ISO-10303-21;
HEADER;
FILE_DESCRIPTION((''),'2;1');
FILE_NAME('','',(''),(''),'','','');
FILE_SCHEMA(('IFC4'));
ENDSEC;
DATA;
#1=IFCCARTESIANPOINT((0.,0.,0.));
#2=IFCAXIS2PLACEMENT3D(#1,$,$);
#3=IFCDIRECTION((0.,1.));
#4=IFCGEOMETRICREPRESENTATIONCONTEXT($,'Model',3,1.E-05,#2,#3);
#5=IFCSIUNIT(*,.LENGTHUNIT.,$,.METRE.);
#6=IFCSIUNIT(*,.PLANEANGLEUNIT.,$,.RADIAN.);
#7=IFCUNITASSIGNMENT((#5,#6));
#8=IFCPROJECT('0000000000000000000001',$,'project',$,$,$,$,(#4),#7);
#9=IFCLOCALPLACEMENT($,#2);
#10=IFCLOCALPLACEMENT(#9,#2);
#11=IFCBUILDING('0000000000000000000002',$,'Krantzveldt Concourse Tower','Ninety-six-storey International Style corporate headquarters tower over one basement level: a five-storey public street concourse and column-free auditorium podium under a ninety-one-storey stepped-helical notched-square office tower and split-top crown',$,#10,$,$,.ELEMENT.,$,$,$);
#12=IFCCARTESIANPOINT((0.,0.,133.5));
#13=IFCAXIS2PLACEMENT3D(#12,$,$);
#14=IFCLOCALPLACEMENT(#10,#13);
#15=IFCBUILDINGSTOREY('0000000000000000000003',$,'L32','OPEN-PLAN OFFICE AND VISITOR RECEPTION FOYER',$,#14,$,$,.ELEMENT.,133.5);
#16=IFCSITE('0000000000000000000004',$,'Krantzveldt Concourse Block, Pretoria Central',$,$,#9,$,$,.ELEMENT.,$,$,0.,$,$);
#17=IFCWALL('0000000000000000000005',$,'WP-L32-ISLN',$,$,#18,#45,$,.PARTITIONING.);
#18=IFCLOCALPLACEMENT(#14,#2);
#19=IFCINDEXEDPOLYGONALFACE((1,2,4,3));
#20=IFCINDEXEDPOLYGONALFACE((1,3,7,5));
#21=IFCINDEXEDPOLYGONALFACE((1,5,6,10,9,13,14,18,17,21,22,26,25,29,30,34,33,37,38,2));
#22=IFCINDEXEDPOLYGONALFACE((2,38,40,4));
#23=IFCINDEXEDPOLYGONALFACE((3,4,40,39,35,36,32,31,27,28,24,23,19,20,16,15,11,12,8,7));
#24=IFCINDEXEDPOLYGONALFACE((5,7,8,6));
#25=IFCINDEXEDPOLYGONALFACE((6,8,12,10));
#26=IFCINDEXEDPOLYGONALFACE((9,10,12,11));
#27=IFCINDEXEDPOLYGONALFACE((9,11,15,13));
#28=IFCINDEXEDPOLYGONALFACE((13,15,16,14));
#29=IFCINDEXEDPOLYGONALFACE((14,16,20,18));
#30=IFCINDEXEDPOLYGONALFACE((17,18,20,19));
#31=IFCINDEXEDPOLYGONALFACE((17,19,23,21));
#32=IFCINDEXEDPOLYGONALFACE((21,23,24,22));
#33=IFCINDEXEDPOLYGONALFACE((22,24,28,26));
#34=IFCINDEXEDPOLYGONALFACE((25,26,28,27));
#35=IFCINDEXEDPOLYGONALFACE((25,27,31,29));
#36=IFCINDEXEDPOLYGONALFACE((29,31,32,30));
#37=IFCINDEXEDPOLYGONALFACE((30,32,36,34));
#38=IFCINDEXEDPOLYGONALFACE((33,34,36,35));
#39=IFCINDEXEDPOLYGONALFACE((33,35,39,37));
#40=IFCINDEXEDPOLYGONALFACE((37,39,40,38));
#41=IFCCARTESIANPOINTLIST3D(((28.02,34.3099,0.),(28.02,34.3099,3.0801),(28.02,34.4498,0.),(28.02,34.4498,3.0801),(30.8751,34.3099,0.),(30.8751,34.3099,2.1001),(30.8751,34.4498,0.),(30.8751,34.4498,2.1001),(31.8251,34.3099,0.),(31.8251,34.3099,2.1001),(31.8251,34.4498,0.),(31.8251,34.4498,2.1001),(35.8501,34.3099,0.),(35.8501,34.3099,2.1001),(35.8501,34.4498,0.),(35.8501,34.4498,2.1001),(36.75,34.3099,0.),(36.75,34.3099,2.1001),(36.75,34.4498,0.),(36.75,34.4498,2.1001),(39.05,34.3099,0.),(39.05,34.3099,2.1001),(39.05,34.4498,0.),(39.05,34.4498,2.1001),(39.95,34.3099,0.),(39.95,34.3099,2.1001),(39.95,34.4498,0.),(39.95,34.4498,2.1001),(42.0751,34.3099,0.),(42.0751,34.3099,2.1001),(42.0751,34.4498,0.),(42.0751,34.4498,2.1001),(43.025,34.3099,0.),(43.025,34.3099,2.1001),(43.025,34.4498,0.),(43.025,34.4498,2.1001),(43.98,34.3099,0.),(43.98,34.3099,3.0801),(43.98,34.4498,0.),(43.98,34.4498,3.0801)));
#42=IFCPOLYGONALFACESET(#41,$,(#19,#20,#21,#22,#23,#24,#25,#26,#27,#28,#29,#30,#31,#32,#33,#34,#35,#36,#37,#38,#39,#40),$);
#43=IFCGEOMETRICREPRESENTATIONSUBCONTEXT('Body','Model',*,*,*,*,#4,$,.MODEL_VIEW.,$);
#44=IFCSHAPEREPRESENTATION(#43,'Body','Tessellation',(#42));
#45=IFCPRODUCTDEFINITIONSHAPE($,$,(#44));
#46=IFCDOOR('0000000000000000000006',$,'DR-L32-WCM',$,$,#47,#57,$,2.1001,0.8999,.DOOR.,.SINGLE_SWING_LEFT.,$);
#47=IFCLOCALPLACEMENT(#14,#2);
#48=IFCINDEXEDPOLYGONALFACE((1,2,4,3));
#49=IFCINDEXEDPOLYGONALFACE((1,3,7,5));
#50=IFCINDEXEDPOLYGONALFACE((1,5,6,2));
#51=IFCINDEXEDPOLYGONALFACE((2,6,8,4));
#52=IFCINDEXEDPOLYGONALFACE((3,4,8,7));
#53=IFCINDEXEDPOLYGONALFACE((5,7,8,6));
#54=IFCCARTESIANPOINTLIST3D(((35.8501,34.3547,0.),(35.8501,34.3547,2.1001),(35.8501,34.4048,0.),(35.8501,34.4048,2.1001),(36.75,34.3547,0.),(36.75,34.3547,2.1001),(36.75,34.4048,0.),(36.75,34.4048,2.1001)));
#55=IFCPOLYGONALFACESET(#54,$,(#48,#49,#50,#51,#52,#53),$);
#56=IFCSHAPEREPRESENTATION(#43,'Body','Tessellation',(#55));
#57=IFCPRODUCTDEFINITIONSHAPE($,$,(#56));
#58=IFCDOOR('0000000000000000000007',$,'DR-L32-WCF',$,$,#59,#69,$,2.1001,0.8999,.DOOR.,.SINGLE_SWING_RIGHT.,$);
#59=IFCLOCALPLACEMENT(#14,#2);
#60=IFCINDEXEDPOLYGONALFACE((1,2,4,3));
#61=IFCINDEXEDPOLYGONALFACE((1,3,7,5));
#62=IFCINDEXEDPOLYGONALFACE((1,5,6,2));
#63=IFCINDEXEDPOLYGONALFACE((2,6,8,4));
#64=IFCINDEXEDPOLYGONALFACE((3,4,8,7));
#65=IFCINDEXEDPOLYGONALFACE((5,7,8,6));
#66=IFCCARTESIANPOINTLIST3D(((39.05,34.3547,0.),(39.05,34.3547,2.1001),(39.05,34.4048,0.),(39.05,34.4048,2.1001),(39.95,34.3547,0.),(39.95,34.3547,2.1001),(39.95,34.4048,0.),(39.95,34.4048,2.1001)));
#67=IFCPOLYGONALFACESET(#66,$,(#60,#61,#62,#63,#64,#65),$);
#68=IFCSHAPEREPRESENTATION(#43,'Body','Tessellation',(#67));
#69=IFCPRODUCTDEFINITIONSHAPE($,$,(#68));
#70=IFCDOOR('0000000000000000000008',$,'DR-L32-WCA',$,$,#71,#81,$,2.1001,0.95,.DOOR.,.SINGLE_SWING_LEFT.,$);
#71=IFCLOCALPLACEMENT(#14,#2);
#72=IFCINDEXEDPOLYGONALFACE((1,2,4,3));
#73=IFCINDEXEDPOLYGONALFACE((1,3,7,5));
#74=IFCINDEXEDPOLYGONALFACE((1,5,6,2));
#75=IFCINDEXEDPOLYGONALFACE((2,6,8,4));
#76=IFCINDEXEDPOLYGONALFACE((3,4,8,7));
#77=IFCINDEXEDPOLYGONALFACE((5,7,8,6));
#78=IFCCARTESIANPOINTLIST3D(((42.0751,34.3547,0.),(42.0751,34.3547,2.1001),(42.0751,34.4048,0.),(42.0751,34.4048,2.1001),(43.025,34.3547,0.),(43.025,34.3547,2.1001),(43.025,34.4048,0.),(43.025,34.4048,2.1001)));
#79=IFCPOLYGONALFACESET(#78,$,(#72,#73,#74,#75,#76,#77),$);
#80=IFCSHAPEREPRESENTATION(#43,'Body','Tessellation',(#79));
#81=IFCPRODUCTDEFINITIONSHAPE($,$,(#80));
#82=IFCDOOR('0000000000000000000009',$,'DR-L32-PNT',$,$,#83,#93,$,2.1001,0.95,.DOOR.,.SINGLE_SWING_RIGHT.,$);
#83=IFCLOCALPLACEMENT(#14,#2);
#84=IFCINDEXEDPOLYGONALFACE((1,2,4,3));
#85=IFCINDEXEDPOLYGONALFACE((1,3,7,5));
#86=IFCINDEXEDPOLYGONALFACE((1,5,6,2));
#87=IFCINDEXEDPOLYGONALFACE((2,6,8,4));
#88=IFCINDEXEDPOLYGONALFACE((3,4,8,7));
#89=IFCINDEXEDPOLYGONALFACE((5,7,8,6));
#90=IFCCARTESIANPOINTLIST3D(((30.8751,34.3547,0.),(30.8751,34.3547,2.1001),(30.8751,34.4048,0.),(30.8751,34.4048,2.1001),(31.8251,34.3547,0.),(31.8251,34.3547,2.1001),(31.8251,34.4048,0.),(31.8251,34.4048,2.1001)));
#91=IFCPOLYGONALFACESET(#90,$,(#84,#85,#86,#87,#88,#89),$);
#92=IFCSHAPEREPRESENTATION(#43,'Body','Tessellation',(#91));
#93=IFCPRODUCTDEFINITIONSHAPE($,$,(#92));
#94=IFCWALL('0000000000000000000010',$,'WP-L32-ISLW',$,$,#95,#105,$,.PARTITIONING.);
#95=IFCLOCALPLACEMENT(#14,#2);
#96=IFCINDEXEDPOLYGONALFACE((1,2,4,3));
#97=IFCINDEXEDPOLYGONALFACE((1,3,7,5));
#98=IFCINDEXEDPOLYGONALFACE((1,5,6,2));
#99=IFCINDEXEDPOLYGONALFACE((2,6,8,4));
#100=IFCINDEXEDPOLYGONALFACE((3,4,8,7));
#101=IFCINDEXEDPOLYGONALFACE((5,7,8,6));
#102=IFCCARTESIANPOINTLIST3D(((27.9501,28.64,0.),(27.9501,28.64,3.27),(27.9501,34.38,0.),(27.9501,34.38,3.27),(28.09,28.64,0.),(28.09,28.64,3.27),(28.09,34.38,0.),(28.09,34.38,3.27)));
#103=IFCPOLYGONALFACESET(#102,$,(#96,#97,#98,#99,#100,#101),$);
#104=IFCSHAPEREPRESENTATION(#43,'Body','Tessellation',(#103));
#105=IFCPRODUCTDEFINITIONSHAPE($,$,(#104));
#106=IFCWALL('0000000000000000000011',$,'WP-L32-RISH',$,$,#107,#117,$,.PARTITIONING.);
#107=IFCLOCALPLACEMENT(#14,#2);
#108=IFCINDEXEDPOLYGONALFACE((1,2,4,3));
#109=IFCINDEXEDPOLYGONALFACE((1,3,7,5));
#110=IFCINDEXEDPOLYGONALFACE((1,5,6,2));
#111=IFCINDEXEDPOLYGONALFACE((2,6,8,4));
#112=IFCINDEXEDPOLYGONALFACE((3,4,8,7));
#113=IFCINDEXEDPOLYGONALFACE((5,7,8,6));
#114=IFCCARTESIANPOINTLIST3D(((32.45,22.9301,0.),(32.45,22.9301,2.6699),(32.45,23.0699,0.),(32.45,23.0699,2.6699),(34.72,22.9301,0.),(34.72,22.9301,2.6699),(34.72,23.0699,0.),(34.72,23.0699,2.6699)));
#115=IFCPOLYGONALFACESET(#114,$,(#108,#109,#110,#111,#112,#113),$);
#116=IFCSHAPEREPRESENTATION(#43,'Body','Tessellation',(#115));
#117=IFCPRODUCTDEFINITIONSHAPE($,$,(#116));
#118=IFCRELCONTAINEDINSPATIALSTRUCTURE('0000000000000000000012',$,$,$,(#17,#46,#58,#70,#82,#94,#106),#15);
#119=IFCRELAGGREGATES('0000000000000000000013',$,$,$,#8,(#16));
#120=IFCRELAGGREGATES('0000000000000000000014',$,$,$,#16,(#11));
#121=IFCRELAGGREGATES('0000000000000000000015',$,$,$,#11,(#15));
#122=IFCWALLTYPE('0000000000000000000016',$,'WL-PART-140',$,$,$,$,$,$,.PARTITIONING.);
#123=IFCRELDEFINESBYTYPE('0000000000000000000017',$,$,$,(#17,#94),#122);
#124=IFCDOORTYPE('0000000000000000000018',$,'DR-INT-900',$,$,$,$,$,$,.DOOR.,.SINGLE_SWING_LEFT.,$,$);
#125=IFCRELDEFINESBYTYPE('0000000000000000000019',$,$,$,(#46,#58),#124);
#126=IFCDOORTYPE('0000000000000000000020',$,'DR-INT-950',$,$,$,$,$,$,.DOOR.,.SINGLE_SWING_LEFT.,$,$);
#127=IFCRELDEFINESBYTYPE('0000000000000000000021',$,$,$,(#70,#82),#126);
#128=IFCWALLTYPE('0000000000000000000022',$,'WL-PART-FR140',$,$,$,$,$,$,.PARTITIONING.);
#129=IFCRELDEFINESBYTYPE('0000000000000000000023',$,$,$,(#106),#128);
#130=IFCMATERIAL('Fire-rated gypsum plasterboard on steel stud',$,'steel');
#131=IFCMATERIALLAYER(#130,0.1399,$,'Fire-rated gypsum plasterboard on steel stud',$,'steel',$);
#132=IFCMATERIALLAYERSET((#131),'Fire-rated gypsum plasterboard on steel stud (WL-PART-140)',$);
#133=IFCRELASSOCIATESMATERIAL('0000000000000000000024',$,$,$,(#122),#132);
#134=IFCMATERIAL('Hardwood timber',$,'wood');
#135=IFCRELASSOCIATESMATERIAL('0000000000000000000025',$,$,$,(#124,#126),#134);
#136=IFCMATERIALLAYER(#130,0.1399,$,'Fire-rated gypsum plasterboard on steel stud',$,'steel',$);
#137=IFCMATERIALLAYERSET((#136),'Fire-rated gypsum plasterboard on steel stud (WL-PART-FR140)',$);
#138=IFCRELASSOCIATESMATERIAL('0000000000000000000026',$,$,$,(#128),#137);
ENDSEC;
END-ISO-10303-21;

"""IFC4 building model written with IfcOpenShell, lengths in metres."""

from ifc_helpers import new_model, si_unit, direction, frame, frame_2d, origin, place, context, subcontext, project, spatial, rectangle, extrude, material, layer, layer_set, type_object, element, fill, save


model = new_model("IFC4")

# Units and contexts
model_context = context("Model", 3, precision=1e-05, world=origin(), true_north=direction((0.0, 1.0)))
body_context = subcontext(model_context, "Body", "Model", "MODEL_VIEW")
ifc_project = project(units=[si_unit("LENGTHUNIT", "METRE"), si_unit("PLANEANGLEUNIT", "RADIAN")], contexts=[model_context])

# Site, building, storey
site_placement = place(None, origin())
site = spatial("IfcSite", under=ifc_project, at=site_placement, Name="Krantzveldt Concourse Block, Pretoria Central", CompositionType="ELEMENT", RefElevation=0.0)
building_placement = place(site_placement, origin())
building = spatial("IfcBuilding", under=site, at=building_placement, Name="Krantzveldt Concourse Tower", Description="Ninety-six-storey International Style corporate headquarters tower over one basement level: a five-storey public street concourse and column-free auditorium podium under a ninety-one-storey stepped-helical notched-square office tower and split-top crown", CompositionType="ELEMENT")
storey_placement = place(building_placement, frame((0.0, 0.0, 133.5)))
storey = spatial("IfcBuildingStorey", under=building, at=storey_placement, Name="L32", Description="OPEN-PLAN OFFICE AND VISITOR RECEPTION FOYER", CompositionType="ELEMENT", Elevation=133.5)

# Shared definitions
ifc_material_1 = material(Name="Fire-rated gypsum plasterboard on steel stud", Category="steel")

# Shared definitions
ifc_layer_1 = layer(ifc_material_1, 0.1399, Name="Fire-rated gypsum plasterboard on steel stud", Category="steel")
ifc_layer_set_1 = layer_set([ifc_layer_1], Name="Fire-rated gypsum plasterboard on steel stud (WL-PART-140)")
wall_type_1 = type_object("IfcWallType", Name="WL-PART-140", PredefinedType="PARTITIONING", material=ifc_layer_set_1)
ifc_material_2 = material(Name="Hardwood timber", Category="wood")

# Wall, openings, doors
wall_1_placement = place(storey_placement, frame((28.02, 34.3799, 0.0), z_axis=(0.0, 0.0, 1.0), x_axis=(1.0, 0.0, 0.0)))
wall_1 = element("IfcWall", 1, at=wall_1_placement, inside=storey, type_object=wall_type_1, Name="WP-L32-ISLN", PredefinedType="PARTITIONING", context=body_context, shape_type="SweptSolid", body=[
    extrude(rectangle(XDim=15.96, YDim=0.1399, at=frame_2d((7.98, 0.0))), origin(), (0.0, 0.0, 1.0), 3.0801),
])
opening_1_placement = place(wall_1_placement, frame((7.8301, 0.0, 0.0)))
opening_1 = element("IfcOpeningElement", 2, at=opening_1_placement, cuts=wall_1, PredefinedType="OPENING", context=body_context, shape_type="SweptSolid", body=[
    extrude(rectangle(XDim=0.8999, YDim=2.1001, at=frame_2d((0.45, 1.05))), frame((0.0, 0.0801, 0.0), z_axis=(0.0, -1.0, 0.0), x_axis=(1.0, 0.0, 0.0)), (0.0, 0.0, 1.0), 0.1599),
])
opening_2_placement = place(wall_1_placement, frame((11.03, 0.0, 0.0)))
opening_2 = element("IfcOpeningElement", 3, at=opening_2_placement, cuts=wall_1, PredefinedType="OPENING", context=body_context, shape_type="SweptSolid", body=[
    extrude(rectangle(XDim=0.8999, YDim=2.1001, at=frame_2d((0.45, 1.05))), frame((0.0, 0.0801, 0.0), z_axis=(0.0, -1.0, 0.0), x_axis=(1.0, 0.0, 0.0)), (0.0, 0.0, 1.0), 0.1599),
])
opening_3_placement = place(wall_1_placement, frame((14.0549, 0.0, 0.0)))
opening_3 = element("IfcOpeningElement", 4, at=opening_3_placement, cuts=wall_1, PredefinedType="OPENING", context=body_context, shape_type="SweptSolid", body=[
    extrude(rectangle(XDim=0.95, YDim=2.1001, at=frame_2d((0.4751, 1.05))), frame((0.0, 0.0801, 0.0), z_axis=(0.0, -1.0, 0.0), x_axis=(1.0, 0.0, 0.0)), (0.0, 0.0, 1.0), 0.1599),
])
opening_4_placement = place(wall_1_placement, frame((2.855, 0.0, 0.0)))
opening_4 = element("IfcOpeningElement", 5, at=opening_4_placement, cuts=wall_1, PredefinedType="OPENING", context=body_context, shape_type="SweptSolid", body=[
    extrude(rectangle(XDim=0.95, YDim=2.1001, at=frame_2d((0.4751, 1.05))), frame((0.0, 0.0801, 0.0), z_axis=(0.0, -1.0, 0.0), x_axis=(1.0, 0.0, 0.0)), (0.0, 0.0, 1.0), 0.1599),
])
door_type_1 = type_object("IfcDoorType", Name="DR-INT-900", OperationType="SINGLE_SWING_LEFT", PredefinedType="DOOR", material=ifc_material_2)
door_1_placement = place(opening_1_placement, origin())
door_1 = element("IfcDoor", 6, at=door_1_placement, inside=storey, type_object=door_type_1, Name="DR-L32-WCM", OperationType="SINGLE_SWING_LEFT", OverallHeight=2.1001, OverallWidth=0.8999, PredefinedType="DOOR", context=body_context, shape_type="SweptSolid", body=[
    extrude(rectangle(XDim=0.8999, YDim=2.1001, at=frame_2d((0.45, 1.05))), frame((0.0, 0.0249, 0.0), z_axis=(0.0, -1.0, 0.0), x_axis=(1.0, 0.0, 0.0)), (0.0, 0.0, 1.0), 0.05),
])
fill(opening_1, door_1)
door_2_placement = place(opening_2_placement, origin())
door_2 = element("IfcDoor", 7, at=door_2_placement, inside=storey, type_object=door_type_1, Name="DR-L32-WCF", OperationType="SINGLE_SWING_RIGHT", OverallHeight=2.1001, OverallWidth=0.8999, PredefinedType="DOOR", context=body_context, shape_type="SweptSolid", body=[
    extrude(rectangle(XDim=0.8999, YDim=2.1001, at=frame_2d((0.45, 1.05))), frame((0.0, 0.0249, 0.0), z_axis=(0.0, -1.0, 0.0), x_axis=(1.0, 0.0, 0.0)), (0.0, 0.0, 1.0), 0.05),
])
fill(opening_2, door_2)
door_type_2 = type_object("IfcDoorType", Name="DR-INT-950", OperationType="SINGLE_SWING_LEFT", PredefinedType="DOOR", material=ifc_material_2)
door_3_placement = place(opening_3_placement, origin())
door_3 = element("IfcDoor", 8, at=door_3_placement, inside=storey, type_object=door_type_2, Name="DR-L32-WCA", OperationType="SINGLE_SWING_LEFT", OverallHeight=2.1001, OverallWidth=0.95, PredefinedType="DOOR", context=body_context, shape_type="SweptSolid", body=[
    extrude(rectangle(XDim=0.95, YDim=2.1001, at=frame_2d((0.4751, 1.05))), frame((0.0, 0.0249, 0.0), z_axis=(0.0, -1.0, 0.0), x_axis=(1.0, 0.0, 0.0)), (0.0, 0.0, 1.0), 0.05),
])
fill(opening_3, door_3)
door_4_placement = place(opening_4_placement, origin())
door_4 = element("IfcDoor", 9, at=door_4_placement, inside=storey, type_object=door_type_2, Name="DR-L32-PNT", OperationType="SINGLE_SWING_RIGHT", OverallHeight=2.1001, OverallWidth=0.95, PredefinedType="DOOR", context=body_context, shape_type="SweptSolid", body=[
    extrude(rectangle(XDim=0.95, YDim=2.1001, at=frame_2d((0.4751, 1.05))), frame((0.0, 0.0249, 0.0), z_axis=(0.0, -1.0, 0.0), x_axis=(1.0, 0.0, 0.0)), (0.0, 0.0, 1.0), 0.05),
])
fill(opening_4, door_4)

# Walls
wall_2_placement = place(storey_placement, frame((28.02, 28.6399, 0.0), z_axis=(0.0, 0.0, 1.0), x_axis=(0.0, 1.0, 0.0)))
element("IfcWall", 10, at=wall_2_placement, inside=storey, type_object=wall_type_1, Name="WP-L32-ISLW", PredefinedType="PARTITIONING", context=body_context, shape_type="SweptSolid", body=[
    extrude(rectangle(XDim=5.74, YDim=0.1399, at=frame_2d((2.8701, 0.0))), origin(), (0.0, 0.0, 1.0), 3.27),
])
ifc_layer_2 = layer(ifc_material_1, 0.1399, Name="Fire-rated gypsum plasterboard on steel stud", Category="steel")
ifc_layer_set_2 = layer_set([ifc_layer_2], Name="Fire-rated gypsum plasterboard on steel stud (WL-PART-FR140)")
wall_type_2 = type_object("IfcWallType", Name="WL-PART-FR140", PredefinedType="PARTITIONING", material=ifc_layer_set_2)
wall_3_placement = place(storey_placement, frame((32.45, 23.0, 0.0), z_axis=(0.0, 0.0, 1.0), x_axis=(1.0, 0.0, 0.0)))
element("IfcWall", 11, at=wall_3_placement, inside=storey, type_object=wall_type_2, Name="WP-L32-RISH", PredefinedType="PARTITIONING", context=body_context, shape_type="SweptSolid", body=[
    extrude(rectangle(XDim=2.27, YDim=0.1399, at=frame_2d((1.135, 0.0))), origin(), (0.0, 0.0, 1.0), 2.6699),
])

save(model, "model.ifc")
